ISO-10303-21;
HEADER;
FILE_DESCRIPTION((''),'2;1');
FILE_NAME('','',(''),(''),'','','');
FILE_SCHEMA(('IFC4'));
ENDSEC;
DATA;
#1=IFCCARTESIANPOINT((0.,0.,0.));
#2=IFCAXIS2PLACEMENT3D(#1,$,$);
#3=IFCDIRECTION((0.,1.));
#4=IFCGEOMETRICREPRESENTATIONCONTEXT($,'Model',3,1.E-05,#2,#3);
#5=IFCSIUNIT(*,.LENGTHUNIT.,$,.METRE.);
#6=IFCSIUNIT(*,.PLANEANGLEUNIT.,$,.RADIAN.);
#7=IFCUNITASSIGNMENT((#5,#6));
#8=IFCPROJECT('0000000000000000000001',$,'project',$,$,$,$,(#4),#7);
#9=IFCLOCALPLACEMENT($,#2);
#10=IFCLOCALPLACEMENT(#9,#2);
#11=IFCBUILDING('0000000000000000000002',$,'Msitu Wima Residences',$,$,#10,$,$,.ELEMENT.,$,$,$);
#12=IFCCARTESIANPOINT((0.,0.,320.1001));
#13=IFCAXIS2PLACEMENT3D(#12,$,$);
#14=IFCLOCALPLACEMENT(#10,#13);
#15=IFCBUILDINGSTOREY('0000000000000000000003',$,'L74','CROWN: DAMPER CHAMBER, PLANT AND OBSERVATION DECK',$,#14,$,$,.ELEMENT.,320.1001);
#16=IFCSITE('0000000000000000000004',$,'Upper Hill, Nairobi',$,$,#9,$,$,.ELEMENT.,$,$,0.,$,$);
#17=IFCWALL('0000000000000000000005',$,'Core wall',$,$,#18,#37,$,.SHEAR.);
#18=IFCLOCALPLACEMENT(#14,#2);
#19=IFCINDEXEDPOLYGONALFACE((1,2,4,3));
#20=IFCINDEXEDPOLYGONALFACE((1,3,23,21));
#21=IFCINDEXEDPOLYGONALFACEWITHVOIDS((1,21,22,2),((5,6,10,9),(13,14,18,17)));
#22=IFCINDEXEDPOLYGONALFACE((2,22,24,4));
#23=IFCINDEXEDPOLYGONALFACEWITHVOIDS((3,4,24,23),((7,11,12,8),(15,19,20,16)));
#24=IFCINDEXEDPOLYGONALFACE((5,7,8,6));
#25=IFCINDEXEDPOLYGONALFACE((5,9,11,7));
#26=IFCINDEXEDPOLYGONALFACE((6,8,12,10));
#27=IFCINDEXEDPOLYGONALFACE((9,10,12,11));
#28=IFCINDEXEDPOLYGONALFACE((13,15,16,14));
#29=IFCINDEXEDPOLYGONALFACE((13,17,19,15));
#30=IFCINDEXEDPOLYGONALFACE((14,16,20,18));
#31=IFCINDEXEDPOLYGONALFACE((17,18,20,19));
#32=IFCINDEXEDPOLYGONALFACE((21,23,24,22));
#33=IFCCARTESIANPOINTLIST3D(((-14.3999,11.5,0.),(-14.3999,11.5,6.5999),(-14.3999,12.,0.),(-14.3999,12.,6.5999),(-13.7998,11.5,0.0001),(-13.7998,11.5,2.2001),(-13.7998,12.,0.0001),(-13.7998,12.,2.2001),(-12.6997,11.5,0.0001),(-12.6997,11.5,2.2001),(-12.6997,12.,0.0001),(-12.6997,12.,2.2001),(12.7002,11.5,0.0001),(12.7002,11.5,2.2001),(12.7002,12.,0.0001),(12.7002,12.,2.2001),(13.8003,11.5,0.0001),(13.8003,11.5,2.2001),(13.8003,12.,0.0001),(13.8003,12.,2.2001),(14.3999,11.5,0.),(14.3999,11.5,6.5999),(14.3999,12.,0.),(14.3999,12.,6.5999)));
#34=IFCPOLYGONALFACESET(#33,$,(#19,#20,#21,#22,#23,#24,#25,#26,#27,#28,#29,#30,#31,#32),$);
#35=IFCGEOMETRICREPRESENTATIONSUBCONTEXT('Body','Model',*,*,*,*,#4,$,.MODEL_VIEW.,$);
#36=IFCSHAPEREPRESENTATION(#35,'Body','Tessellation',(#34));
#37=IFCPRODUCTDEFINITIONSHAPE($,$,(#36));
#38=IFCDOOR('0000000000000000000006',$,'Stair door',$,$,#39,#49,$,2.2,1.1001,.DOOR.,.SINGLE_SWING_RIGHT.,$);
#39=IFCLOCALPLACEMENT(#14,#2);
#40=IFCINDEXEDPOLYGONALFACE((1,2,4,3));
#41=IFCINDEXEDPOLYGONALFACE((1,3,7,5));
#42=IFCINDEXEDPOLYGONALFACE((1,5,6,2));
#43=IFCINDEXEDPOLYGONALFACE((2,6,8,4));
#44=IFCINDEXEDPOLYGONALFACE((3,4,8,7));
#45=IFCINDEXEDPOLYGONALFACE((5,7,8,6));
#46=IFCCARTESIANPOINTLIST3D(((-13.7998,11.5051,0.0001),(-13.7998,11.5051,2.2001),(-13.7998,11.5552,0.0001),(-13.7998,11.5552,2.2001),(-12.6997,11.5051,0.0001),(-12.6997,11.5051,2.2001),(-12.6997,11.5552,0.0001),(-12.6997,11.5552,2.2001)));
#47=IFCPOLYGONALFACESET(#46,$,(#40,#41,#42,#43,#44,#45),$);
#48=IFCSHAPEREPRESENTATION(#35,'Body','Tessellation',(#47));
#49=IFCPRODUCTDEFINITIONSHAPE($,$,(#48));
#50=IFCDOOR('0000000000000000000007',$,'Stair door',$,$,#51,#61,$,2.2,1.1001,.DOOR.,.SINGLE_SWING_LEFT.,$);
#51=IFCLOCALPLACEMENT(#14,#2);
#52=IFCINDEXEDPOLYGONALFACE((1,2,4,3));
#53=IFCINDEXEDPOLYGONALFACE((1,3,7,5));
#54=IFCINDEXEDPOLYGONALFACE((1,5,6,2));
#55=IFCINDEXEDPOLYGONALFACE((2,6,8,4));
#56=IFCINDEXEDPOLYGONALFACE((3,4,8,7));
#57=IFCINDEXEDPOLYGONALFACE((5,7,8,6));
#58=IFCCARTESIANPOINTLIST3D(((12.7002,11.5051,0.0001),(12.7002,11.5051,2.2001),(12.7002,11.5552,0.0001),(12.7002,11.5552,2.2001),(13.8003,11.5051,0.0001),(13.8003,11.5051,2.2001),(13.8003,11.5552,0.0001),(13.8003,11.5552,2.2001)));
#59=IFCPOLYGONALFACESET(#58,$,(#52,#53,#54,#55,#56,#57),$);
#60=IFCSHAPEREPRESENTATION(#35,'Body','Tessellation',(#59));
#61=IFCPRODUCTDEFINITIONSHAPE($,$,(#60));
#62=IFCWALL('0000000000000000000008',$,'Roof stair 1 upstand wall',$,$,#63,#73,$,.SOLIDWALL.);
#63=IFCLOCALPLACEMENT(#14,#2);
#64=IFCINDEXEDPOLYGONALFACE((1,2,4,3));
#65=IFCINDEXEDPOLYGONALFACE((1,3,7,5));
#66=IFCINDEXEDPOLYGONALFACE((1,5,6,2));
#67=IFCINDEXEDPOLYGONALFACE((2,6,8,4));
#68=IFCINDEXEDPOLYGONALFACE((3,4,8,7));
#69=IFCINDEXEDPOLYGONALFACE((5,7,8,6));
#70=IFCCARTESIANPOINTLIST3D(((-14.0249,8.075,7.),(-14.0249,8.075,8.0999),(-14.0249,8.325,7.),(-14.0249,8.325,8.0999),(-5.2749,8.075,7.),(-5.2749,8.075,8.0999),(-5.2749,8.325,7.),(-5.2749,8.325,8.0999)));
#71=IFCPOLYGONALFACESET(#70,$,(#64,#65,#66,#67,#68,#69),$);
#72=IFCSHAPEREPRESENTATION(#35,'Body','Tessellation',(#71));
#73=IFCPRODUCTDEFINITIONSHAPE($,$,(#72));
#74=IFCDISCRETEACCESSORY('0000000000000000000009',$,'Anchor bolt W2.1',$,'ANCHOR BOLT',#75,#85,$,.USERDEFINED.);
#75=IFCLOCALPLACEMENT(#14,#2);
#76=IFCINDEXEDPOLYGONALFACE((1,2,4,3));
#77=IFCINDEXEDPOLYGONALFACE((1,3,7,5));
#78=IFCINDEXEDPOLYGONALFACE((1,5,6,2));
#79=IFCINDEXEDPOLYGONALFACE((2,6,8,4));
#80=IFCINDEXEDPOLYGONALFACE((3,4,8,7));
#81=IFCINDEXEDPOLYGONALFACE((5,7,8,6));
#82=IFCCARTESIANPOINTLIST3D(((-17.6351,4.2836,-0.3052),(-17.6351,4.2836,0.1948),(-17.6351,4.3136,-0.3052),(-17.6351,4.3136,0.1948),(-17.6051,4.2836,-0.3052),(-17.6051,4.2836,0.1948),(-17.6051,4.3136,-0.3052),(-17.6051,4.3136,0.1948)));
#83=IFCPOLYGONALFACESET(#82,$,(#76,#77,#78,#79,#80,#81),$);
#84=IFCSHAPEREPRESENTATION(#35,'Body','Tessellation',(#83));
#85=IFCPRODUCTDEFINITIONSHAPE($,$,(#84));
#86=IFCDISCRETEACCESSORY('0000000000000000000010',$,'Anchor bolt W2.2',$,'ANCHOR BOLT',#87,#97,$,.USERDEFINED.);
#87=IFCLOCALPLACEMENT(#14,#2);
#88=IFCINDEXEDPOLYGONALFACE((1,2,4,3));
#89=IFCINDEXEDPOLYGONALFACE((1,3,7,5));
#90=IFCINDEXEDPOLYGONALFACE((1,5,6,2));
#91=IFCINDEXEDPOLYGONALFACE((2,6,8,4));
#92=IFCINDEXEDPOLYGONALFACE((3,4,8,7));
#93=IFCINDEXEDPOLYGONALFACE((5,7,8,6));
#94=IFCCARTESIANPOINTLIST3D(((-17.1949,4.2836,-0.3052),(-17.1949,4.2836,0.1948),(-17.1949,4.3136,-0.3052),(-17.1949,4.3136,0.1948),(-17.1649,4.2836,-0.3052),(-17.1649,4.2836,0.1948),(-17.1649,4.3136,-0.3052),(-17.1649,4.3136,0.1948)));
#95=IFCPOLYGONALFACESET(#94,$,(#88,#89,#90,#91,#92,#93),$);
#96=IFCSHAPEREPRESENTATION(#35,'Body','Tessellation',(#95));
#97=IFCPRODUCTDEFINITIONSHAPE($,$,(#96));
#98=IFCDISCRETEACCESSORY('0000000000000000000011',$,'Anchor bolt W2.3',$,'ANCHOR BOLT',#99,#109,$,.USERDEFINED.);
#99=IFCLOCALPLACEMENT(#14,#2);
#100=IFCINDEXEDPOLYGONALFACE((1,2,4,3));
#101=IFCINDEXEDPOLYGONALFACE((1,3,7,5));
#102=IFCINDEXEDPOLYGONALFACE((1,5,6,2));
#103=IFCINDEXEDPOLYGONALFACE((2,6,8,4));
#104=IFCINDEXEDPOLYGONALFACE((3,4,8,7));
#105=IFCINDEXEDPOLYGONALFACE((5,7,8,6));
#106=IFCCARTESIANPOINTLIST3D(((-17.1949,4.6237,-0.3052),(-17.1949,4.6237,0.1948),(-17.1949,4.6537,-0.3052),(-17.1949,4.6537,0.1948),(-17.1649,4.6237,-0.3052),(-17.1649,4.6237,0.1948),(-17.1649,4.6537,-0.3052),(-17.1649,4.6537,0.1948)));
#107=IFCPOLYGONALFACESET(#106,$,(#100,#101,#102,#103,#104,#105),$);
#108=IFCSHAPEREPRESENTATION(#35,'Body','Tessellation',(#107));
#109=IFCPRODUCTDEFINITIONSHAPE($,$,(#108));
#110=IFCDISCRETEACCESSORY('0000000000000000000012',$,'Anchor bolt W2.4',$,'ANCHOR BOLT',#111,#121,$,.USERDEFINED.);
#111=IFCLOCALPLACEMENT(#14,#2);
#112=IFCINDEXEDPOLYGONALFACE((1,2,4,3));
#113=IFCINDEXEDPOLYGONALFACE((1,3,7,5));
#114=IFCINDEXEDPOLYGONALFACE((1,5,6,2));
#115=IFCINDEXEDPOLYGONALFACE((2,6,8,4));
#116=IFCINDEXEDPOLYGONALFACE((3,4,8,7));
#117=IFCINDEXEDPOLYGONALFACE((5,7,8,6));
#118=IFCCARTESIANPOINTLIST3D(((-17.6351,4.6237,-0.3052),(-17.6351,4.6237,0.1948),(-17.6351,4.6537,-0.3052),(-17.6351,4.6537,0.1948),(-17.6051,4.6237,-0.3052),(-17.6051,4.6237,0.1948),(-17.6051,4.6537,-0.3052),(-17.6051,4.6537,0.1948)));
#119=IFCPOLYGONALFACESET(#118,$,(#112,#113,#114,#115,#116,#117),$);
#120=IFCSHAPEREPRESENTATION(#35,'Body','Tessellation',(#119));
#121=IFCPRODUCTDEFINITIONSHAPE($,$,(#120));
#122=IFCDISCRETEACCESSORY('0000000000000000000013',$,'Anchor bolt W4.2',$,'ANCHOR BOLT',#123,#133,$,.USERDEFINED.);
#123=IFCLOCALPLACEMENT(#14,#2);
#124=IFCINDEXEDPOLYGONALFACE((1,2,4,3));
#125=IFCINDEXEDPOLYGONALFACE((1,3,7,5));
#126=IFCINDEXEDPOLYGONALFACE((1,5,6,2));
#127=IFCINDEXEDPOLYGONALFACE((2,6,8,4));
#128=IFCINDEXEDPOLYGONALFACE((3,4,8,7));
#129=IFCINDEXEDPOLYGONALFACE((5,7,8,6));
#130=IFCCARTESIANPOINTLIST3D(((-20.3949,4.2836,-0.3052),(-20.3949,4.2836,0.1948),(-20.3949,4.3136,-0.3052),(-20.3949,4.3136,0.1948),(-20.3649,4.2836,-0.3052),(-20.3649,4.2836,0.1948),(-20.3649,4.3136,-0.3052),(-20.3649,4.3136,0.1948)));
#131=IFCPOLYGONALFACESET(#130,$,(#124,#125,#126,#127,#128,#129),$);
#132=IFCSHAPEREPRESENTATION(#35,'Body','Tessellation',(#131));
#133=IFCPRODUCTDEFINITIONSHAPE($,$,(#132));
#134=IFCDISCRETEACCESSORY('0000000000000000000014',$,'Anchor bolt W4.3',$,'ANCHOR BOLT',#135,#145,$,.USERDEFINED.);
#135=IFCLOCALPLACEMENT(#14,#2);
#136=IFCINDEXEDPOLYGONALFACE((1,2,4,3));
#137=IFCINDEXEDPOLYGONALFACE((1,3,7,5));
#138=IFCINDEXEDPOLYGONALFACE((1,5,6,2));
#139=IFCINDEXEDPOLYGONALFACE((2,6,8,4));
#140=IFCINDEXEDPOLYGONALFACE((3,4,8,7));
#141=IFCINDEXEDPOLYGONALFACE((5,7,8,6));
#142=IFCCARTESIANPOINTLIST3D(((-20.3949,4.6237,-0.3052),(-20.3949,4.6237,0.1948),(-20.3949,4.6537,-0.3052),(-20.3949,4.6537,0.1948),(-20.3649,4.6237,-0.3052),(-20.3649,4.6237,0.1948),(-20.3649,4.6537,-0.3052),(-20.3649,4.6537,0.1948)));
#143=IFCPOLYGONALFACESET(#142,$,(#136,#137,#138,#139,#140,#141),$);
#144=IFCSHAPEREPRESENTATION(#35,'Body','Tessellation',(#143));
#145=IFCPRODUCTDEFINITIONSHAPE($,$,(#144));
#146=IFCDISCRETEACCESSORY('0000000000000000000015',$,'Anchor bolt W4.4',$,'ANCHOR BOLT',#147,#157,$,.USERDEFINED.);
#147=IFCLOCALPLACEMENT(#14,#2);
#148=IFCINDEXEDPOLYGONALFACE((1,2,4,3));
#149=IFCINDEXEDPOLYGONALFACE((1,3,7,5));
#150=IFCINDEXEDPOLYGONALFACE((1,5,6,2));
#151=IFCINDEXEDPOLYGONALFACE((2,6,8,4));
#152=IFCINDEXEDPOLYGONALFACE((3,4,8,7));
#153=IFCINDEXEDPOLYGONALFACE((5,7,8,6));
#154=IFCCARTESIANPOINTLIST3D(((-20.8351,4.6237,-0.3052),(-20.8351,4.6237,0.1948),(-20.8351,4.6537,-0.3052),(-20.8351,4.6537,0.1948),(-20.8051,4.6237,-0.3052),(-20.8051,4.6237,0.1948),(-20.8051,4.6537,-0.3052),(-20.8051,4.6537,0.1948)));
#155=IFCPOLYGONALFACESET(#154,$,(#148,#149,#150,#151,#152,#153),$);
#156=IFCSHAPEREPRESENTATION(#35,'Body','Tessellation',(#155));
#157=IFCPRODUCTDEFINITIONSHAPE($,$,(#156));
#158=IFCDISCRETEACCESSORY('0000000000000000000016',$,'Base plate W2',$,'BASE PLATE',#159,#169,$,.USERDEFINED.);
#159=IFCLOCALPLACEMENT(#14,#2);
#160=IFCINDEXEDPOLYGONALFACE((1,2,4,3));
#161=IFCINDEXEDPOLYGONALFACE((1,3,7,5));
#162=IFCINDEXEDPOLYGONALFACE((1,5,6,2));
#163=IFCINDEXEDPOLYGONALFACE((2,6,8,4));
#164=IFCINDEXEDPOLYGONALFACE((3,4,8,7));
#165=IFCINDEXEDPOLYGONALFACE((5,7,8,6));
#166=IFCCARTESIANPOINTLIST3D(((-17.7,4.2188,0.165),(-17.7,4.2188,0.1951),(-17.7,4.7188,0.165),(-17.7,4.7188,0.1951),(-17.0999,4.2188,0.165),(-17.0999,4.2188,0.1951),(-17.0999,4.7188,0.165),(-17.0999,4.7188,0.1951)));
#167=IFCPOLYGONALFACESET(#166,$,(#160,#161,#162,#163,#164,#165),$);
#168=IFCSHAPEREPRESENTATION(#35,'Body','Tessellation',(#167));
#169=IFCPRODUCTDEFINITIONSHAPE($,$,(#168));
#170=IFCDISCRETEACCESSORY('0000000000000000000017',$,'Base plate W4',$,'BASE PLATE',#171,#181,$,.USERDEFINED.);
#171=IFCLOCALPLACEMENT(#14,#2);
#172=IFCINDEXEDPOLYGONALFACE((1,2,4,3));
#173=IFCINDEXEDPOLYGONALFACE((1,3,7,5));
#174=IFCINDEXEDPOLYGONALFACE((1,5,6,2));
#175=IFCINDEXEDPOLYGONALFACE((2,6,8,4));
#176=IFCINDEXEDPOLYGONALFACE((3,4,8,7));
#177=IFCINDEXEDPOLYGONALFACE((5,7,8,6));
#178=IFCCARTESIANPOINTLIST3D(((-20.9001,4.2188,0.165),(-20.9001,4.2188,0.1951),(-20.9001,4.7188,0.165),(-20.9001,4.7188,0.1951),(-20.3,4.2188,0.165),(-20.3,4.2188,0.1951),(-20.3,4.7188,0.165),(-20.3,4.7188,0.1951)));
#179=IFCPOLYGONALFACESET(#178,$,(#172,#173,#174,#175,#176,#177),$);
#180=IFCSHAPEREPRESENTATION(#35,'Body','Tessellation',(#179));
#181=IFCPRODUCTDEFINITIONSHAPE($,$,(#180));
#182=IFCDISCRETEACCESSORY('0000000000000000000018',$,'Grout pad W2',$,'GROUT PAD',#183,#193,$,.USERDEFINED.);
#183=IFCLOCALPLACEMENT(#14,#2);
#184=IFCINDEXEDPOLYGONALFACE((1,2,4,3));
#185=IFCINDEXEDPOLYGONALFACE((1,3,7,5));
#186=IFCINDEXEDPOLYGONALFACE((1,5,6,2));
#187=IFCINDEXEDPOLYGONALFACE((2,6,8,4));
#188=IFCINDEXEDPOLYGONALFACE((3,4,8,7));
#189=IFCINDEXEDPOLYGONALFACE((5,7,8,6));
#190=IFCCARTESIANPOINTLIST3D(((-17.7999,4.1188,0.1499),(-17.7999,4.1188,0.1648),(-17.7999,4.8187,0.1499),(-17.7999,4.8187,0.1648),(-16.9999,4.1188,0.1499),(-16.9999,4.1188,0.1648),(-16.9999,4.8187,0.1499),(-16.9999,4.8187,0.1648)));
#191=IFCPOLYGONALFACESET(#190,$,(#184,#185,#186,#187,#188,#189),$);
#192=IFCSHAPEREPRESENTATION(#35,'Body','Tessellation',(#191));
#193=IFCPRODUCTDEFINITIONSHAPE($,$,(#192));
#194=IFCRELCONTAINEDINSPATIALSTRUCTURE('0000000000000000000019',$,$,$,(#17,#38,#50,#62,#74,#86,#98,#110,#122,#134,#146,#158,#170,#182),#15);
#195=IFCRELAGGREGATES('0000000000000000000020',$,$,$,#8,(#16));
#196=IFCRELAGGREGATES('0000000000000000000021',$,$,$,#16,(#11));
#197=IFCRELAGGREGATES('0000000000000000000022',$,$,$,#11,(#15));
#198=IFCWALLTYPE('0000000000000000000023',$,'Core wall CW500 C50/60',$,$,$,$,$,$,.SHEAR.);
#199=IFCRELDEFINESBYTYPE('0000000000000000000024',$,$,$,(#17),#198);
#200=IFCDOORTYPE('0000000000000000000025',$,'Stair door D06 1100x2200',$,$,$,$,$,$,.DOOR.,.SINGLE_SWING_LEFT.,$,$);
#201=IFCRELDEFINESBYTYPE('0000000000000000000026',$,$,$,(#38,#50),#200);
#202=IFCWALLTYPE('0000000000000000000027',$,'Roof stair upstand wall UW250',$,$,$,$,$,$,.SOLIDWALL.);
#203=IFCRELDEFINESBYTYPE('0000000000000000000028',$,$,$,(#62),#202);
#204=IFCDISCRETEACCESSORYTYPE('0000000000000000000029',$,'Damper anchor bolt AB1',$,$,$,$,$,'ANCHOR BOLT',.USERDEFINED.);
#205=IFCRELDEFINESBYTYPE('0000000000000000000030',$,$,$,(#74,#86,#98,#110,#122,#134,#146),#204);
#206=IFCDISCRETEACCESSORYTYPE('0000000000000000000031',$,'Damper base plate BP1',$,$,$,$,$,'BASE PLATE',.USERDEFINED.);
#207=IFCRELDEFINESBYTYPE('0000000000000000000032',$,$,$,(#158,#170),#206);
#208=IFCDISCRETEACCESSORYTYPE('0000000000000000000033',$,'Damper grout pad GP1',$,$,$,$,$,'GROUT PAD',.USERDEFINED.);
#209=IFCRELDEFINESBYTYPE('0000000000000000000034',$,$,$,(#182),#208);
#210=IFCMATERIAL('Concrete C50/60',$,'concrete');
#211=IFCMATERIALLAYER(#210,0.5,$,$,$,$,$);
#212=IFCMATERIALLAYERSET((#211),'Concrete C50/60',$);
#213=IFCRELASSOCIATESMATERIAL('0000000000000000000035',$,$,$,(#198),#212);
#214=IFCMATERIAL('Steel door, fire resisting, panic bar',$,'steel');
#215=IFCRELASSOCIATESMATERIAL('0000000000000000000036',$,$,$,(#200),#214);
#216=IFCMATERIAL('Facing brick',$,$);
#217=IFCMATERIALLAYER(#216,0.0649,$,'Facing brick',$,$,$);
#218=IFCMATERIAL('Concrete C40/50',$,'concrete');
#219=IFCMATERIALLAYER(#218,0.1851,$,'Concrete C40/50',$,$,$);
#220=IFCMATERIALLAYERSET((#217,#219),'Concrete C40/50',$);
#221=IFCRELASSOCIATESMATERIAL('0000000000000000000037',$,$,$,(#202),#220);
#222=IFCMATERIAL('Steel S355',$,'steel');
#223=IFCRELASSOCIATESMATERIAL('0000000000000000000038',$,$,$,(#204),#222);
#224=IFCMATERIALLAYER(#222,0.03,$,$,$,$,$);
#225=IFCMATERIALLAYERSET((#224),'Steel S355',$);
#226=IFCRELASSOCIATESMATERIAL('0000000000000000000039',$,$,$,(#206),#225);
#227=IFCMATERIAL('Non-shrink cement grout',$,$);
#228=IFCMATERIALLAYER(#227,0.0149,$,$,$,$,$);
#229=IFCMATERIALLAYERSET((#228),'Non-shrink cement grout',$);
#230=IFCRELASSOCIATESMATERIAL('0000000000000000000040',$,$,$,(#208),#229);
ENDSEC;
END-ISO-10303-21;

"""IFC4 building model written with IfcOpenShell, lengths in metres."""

from ifc_helpers import new_model, si_unit, direction, frame, frame_2d, origin, origin_2d, place, context, subcontext, project, spatial, rectangle, extrude, material, layer, layer_set, type_object, element, fill, save


model = new_model("IFC4")

# Units and contexts
model_context = context("Model", 3, precision=1e-05, world=origin(), true_north=direction((0.0, 1.0)))
body_context = subcontext(model_context, "Body", "Model", "MODEL_VIEW")
ifc_project = project(units=[si_unit("LENGTHUNIT", "METRE"), si_unit("PLANEANGLEUNIT", "RADIAN")], contexts=[model_context])

# Site, building, storey
site_placement = place(None, origin())
site = spatial("IfcSite", under=ifc_project, at=site_placement, Name="Upper Hill, Nairobi", CompositionType="ELEMENT", RefElevation=0.0)
building_placement = place(site_placement, origin())
building = spatial("IfcBuilding", under=site, at=building_placement, Name="Msitu Wima Residences", CompositionType="ELEMENT")
storey_placement = place(building_placement, frame((0.0, 0.0, 320.1001)))
storey = spatial("IfcBuildingStorey", under=building, at=storey_placement, Name="L74", Description="CROWN: DAMPER CHAMBER, PLANT AND OBSERVATION DECK", CompositionType="ELEMENT", Elevation=320.1001)

# Shared definitions
ifc_material_1 = material(Name="Steel S355", Category="steel")

# Wall, openings, doors
ifc_material_2 = material(Name="Concrete C50/60", Category="concrete")
ifc_layer_1 = layer(ifc_material_2, 0.5)
ifc_layer_set_1 = layer_set([ifc_layer_1], Name="Concrete C50/60")
wall_type_1 = type_object("IfcWallType", Name="Core wall CW500 C50/60", PredefinedType="SHEAR", material=ifc_layer_set_1)
wall_1_placement = place(storey_placement, frame((-14.3999, 11.75, 0.0), z_axis=(0.0, 0.0, 1.0), x_axis=(1.0, 0.0, 0.0)))
wall_1 = element("IfcWall", 1, at=wall_1_placement, inside=storey, type_object=wall_type_1, Name="Core wall", PredefinedType="SHEAR", context=body_context, shape_type="SweptSolid", body=[
    extrude(rectangle(XDim=28.7998, YDim=0.5, at=frame_2d((14.3999, 0.0))), origin(), (0.0, 0.0, 1.0), 6.5999),
])
opening_1_placement = place(wall_1_placement, frame((0.6001, 0.0, 0.0)))
opening_1 = element("IfcOpeningElement", 2, at=opening_1_placement, cuts=wall_1, PredefinedType="OPENING", context=body_context, shape_type="SweptSolid", body=[
    extrude(rectangle(XDim=1.1001, YDim=2.2, at=frame_2d((0.55, 1.1001))), frame((0.0, 0.26, 0.0), z_axis=(0.0, -1.0, 0.0), x_axis=(1.0, 0.0, 0.0)), (0.0, 0.0, 1.0), 0.52),
])
opening_2_placement = place(wall_1_placement, frame((27.1001, 0.0, 0.0)))
opening_2 = element("IfcOpeningElement", 3, at=opening_2_placement, cuts=wall_1, PredefinedType="OPENING", context=body_context, shape_type="SweptSolid", body=[
    extrude(rectangle(XDim=1.1001, YDim=2.2, at=frame_2d((0.55, 1.1001))), frame((0.0, 0.26, 0.0), z_axis=(0.0, -1.0, 0.0), x_axis=(1.0, 0.0, 0.0)), (0.0, 0.0, 1.0), 0.52),
])
ifc_material_3 = material(Name="Steel door, fire resisting, panic bar", Category="steel")
door_type = type_object("IfcDoorType", Name="Stair door D06 1100x2200", OperationType="SINGLE_SWING_LEFT", PredefinedType="DOOR", material=ifc_material_3)
door_1_placement = place(opening_1_placement, origin())
door_1 = element("IfcDoor", 4, at=door_1_placement, inside=storey, type_object=door_type, Name="Stair door", OperationType="SINGLE_SWING_RIGHT", OverallHeight=2.2, OverallWidth=1.1001, PredefinedType="DOOR", context=body_context, shape_type="SweptSolid", body=[
    extrude(rectangle(XDim=1.1001, YDim=2.2, at=frame_2d((0.55, 1.1001))), frame((0.0, -0.1948, 0.0), z_axis=(0.0, -1.0, 0.0), x_axis=(1.0, 0.0, 0.0)), (0.0, 0.0, 1.0), 0.05),
])
fill(opening_1, door_1)
door_2_placement = place(opening_2_placement, origin())
door_2 = element("IfcDoor", 5, at=door_2_placement, inside=storey, type_object=door_type, Name="Stair door", OperationType="SINGLE_SWING_LEFT", OverallHeight=2.2, OverallWidth=1.1001, PredefinedType="DOOR", context=body_context, shape_type="SweptSolid", body=[
    extrude(rectangle(XDim=1.1001, YDim=2.2, at=frame_2d((0.55, 1.1001))), frame((0.0, -0.1948, 0.0), z_axis=(0.0, -1.0, 0.0), x_axis=(1.0, 0.0, 0.0)), (0.0, 0.0, 1.0), 0.05),
])
fill(opening_2, door_2)

# Wall
ifc_material_4 = material(Name="Facing brick")
ifc_layer_2 = layer(ifc_material_4, 0.0649, Name="Facing brick")
ifc_material_5 = material(Name="Concrete C40/50", Category="concrete")
ifc_layer_3 = layer(ifc_material_5, 0.1851, Name="Concrete C40/50")
ifc_layer_set_2 = layer_set([ifc_layer_2, ifc_layer_3], Name="Concrete C40/50")
wall_type_2 = type_object("IfcWallType", Name="Roof stair upstand wall UW250", PredefinedType="SOLIDWALL", material=ifc_layer_set_2)
wall_2_placement = place(storey_placement, frame((-14.0249, 8.2, 7.0), z_axis=(0.0, 0.0, 1.0), x_axis=(1.0, 0.0, 0.0)))
element("IfcWall", 6, at=wall_2_placement, inside=storey, type_object=wall_type_2, Name="Roof stair 1 upstand wall", PredefinedType="SOLIDWALL", context=body_context, shape_type="SweptSolid", body=[
    extrude(rectangle(XDim=8.75, YDim=0.25, at=frame_2d((4.375, 0.0))), origin(), (0.0, 0.0, 1.0), 1.0999),
])

# Discrete accessories
discrete_accessory_type_1 = type_object("IfcDiscreteAccessoryType", Name="Damper anchor bolt AB1", ElementType="ANCHOR BOLT", PredefinedType="USERDEFINED", material=ifc_material_1)
for number, where, z_axis, x_axis, name in (
    (7, (-17.6201, 4.2986, -0.3052), (0.0, 0.0, 1.0), (1.0, 0.0, 0.0), "Anchor bolt W2.1"),
    (8, (-17.1799, 4.2986, -0.3052), (0.0, 0.0, 1.0), (1.0, 0.0, 0.0), "Anchor bolt W2.2"),
    (9, (-17.1799, 4.6387, -0.3052), (0.0, 0.0, 1.0), (1.0, 0.0, 0.0), "Anchor bolt W2.3"),
    (10, (-17.6201, 4.6387, -0.3052), (0.0, 0.0, 1.0), (1.0, 0.0, 0.0), "Anchor bolt W2.4"),
    (11, (-20.3799, 4.2986, -0.3052), (0.0, 0.0, 1.0), (1.0, 0.0, 0.0), "Anchor bolt W4.2"),
    (12, (-20.3799, 4.6387, -0.3052), (0.0, 0.0, 1.0), (1.0, 0.0, 0.0), "Anchor bolt W4.3"),
    (13, (-20.8201, 4.6387, -0.3052), (0.0, 0.0, 1.0), (1.0, 0.0, 0.0), "Anchor bolt W4.4"),
):
    element("IfcDiscreteAccessory", number, at=place(storey_placement, frame(where, z_axis=z_axis, x_axis=x_axis)), inside=storey, type_object=discrete_accessory_type_1, Name=name, ObjectType="ANCHOR BOLT", PredefinedType="USERDEFINED", context=body_context, shape_type="SweptSolid", body=[
        extrude(rectangle(XDim=0.03, YDim=0.03, at=origin_2d()), origin(), (0.0, 0.0, 1.0), 0.5),
    ])
ifc_layer_4 = layer(ifc_material_1, 0.03)
ifc_layer_set_3 = layer_set([ifc_layer_4], Name="Steel S355")
discrete_accessory_type_2 = type_object("IfcDiscreteAccessoryType", Name="Damper base plate BP1", ElementType="BASE PLATE", PredefinedType="USERDEFINED", material=ifc_layer_set_3)
for number, where, z_axis, x_axis, name in (
    (14, (-17.3999, 4.4688, 0.165), (0.0, 0.0, 1.0), (1.0, 0.0, 0.0), "Base plate W2"),
    (15, (-20.6001, 4.4688, 0.165), (0.0, 0.0, 1.0), (1.0, 0.0, 0.0), "Base plate W4"),
):
    element("IfcDiscreteAccessory", number, at=place(storey_placement, frame(where, z_axis=z_axis, x_axis=x_axis)), inside=storey, type_object=discrete_accessory_type_2, Name=name, ObjectType="BASE PLATE", PredefinedType="USERDEFINED", context=body_context, shape_type="SweptSolid", body=[
        extrude(rectangle(XDim=0.6001, YDim=0.5, at=origin_2d()), origin(), (0.0, 0.0, 1.0), 0.03),
    ])
ifc_material_6 = material(Name="Non-shrink cement grout")
ifc_layer_5 = layer(ifc_material_6, 0.0149)
ifc_layer_set_4 = layer_set([ifc_layer_5], Name="Non-shrink cement grout")
discrete_accessory_type_3 = type_object("IfcDiscreteAccessoryType", Name="Damper grout pad GP1", ElementType="GROUT PAD", PredefinedType="USERDEFINED", material=ifc_layer_set_4)
for number, where, z_axis, x_axis, name in (
    (16, (-17.3999, 4.4688, 0.1499), (0.0, 0.0, 1.0), (1.0, 0.0, 0.0), "Grout pad W2"),
):
    element("IfcDiscreteAccessory", number, at=place(storey_placement, frame(where, z_axis=z_axis, x_axis=x_axis)), inside=storey, type_object=discrete_accessory_type_3, Name=name, ObjectType="GROUT PAD", PredefinedType="USERDEFINED", context=body_context, shape_type="SweptSolid", body=[
        extrude(rectangle(XDim=0.8, YDim=0.7, at=origin_2d()), origin(), (0.0, 0.0, 1.0), 0.0149),
    ])

save(model, "model.ifc")
